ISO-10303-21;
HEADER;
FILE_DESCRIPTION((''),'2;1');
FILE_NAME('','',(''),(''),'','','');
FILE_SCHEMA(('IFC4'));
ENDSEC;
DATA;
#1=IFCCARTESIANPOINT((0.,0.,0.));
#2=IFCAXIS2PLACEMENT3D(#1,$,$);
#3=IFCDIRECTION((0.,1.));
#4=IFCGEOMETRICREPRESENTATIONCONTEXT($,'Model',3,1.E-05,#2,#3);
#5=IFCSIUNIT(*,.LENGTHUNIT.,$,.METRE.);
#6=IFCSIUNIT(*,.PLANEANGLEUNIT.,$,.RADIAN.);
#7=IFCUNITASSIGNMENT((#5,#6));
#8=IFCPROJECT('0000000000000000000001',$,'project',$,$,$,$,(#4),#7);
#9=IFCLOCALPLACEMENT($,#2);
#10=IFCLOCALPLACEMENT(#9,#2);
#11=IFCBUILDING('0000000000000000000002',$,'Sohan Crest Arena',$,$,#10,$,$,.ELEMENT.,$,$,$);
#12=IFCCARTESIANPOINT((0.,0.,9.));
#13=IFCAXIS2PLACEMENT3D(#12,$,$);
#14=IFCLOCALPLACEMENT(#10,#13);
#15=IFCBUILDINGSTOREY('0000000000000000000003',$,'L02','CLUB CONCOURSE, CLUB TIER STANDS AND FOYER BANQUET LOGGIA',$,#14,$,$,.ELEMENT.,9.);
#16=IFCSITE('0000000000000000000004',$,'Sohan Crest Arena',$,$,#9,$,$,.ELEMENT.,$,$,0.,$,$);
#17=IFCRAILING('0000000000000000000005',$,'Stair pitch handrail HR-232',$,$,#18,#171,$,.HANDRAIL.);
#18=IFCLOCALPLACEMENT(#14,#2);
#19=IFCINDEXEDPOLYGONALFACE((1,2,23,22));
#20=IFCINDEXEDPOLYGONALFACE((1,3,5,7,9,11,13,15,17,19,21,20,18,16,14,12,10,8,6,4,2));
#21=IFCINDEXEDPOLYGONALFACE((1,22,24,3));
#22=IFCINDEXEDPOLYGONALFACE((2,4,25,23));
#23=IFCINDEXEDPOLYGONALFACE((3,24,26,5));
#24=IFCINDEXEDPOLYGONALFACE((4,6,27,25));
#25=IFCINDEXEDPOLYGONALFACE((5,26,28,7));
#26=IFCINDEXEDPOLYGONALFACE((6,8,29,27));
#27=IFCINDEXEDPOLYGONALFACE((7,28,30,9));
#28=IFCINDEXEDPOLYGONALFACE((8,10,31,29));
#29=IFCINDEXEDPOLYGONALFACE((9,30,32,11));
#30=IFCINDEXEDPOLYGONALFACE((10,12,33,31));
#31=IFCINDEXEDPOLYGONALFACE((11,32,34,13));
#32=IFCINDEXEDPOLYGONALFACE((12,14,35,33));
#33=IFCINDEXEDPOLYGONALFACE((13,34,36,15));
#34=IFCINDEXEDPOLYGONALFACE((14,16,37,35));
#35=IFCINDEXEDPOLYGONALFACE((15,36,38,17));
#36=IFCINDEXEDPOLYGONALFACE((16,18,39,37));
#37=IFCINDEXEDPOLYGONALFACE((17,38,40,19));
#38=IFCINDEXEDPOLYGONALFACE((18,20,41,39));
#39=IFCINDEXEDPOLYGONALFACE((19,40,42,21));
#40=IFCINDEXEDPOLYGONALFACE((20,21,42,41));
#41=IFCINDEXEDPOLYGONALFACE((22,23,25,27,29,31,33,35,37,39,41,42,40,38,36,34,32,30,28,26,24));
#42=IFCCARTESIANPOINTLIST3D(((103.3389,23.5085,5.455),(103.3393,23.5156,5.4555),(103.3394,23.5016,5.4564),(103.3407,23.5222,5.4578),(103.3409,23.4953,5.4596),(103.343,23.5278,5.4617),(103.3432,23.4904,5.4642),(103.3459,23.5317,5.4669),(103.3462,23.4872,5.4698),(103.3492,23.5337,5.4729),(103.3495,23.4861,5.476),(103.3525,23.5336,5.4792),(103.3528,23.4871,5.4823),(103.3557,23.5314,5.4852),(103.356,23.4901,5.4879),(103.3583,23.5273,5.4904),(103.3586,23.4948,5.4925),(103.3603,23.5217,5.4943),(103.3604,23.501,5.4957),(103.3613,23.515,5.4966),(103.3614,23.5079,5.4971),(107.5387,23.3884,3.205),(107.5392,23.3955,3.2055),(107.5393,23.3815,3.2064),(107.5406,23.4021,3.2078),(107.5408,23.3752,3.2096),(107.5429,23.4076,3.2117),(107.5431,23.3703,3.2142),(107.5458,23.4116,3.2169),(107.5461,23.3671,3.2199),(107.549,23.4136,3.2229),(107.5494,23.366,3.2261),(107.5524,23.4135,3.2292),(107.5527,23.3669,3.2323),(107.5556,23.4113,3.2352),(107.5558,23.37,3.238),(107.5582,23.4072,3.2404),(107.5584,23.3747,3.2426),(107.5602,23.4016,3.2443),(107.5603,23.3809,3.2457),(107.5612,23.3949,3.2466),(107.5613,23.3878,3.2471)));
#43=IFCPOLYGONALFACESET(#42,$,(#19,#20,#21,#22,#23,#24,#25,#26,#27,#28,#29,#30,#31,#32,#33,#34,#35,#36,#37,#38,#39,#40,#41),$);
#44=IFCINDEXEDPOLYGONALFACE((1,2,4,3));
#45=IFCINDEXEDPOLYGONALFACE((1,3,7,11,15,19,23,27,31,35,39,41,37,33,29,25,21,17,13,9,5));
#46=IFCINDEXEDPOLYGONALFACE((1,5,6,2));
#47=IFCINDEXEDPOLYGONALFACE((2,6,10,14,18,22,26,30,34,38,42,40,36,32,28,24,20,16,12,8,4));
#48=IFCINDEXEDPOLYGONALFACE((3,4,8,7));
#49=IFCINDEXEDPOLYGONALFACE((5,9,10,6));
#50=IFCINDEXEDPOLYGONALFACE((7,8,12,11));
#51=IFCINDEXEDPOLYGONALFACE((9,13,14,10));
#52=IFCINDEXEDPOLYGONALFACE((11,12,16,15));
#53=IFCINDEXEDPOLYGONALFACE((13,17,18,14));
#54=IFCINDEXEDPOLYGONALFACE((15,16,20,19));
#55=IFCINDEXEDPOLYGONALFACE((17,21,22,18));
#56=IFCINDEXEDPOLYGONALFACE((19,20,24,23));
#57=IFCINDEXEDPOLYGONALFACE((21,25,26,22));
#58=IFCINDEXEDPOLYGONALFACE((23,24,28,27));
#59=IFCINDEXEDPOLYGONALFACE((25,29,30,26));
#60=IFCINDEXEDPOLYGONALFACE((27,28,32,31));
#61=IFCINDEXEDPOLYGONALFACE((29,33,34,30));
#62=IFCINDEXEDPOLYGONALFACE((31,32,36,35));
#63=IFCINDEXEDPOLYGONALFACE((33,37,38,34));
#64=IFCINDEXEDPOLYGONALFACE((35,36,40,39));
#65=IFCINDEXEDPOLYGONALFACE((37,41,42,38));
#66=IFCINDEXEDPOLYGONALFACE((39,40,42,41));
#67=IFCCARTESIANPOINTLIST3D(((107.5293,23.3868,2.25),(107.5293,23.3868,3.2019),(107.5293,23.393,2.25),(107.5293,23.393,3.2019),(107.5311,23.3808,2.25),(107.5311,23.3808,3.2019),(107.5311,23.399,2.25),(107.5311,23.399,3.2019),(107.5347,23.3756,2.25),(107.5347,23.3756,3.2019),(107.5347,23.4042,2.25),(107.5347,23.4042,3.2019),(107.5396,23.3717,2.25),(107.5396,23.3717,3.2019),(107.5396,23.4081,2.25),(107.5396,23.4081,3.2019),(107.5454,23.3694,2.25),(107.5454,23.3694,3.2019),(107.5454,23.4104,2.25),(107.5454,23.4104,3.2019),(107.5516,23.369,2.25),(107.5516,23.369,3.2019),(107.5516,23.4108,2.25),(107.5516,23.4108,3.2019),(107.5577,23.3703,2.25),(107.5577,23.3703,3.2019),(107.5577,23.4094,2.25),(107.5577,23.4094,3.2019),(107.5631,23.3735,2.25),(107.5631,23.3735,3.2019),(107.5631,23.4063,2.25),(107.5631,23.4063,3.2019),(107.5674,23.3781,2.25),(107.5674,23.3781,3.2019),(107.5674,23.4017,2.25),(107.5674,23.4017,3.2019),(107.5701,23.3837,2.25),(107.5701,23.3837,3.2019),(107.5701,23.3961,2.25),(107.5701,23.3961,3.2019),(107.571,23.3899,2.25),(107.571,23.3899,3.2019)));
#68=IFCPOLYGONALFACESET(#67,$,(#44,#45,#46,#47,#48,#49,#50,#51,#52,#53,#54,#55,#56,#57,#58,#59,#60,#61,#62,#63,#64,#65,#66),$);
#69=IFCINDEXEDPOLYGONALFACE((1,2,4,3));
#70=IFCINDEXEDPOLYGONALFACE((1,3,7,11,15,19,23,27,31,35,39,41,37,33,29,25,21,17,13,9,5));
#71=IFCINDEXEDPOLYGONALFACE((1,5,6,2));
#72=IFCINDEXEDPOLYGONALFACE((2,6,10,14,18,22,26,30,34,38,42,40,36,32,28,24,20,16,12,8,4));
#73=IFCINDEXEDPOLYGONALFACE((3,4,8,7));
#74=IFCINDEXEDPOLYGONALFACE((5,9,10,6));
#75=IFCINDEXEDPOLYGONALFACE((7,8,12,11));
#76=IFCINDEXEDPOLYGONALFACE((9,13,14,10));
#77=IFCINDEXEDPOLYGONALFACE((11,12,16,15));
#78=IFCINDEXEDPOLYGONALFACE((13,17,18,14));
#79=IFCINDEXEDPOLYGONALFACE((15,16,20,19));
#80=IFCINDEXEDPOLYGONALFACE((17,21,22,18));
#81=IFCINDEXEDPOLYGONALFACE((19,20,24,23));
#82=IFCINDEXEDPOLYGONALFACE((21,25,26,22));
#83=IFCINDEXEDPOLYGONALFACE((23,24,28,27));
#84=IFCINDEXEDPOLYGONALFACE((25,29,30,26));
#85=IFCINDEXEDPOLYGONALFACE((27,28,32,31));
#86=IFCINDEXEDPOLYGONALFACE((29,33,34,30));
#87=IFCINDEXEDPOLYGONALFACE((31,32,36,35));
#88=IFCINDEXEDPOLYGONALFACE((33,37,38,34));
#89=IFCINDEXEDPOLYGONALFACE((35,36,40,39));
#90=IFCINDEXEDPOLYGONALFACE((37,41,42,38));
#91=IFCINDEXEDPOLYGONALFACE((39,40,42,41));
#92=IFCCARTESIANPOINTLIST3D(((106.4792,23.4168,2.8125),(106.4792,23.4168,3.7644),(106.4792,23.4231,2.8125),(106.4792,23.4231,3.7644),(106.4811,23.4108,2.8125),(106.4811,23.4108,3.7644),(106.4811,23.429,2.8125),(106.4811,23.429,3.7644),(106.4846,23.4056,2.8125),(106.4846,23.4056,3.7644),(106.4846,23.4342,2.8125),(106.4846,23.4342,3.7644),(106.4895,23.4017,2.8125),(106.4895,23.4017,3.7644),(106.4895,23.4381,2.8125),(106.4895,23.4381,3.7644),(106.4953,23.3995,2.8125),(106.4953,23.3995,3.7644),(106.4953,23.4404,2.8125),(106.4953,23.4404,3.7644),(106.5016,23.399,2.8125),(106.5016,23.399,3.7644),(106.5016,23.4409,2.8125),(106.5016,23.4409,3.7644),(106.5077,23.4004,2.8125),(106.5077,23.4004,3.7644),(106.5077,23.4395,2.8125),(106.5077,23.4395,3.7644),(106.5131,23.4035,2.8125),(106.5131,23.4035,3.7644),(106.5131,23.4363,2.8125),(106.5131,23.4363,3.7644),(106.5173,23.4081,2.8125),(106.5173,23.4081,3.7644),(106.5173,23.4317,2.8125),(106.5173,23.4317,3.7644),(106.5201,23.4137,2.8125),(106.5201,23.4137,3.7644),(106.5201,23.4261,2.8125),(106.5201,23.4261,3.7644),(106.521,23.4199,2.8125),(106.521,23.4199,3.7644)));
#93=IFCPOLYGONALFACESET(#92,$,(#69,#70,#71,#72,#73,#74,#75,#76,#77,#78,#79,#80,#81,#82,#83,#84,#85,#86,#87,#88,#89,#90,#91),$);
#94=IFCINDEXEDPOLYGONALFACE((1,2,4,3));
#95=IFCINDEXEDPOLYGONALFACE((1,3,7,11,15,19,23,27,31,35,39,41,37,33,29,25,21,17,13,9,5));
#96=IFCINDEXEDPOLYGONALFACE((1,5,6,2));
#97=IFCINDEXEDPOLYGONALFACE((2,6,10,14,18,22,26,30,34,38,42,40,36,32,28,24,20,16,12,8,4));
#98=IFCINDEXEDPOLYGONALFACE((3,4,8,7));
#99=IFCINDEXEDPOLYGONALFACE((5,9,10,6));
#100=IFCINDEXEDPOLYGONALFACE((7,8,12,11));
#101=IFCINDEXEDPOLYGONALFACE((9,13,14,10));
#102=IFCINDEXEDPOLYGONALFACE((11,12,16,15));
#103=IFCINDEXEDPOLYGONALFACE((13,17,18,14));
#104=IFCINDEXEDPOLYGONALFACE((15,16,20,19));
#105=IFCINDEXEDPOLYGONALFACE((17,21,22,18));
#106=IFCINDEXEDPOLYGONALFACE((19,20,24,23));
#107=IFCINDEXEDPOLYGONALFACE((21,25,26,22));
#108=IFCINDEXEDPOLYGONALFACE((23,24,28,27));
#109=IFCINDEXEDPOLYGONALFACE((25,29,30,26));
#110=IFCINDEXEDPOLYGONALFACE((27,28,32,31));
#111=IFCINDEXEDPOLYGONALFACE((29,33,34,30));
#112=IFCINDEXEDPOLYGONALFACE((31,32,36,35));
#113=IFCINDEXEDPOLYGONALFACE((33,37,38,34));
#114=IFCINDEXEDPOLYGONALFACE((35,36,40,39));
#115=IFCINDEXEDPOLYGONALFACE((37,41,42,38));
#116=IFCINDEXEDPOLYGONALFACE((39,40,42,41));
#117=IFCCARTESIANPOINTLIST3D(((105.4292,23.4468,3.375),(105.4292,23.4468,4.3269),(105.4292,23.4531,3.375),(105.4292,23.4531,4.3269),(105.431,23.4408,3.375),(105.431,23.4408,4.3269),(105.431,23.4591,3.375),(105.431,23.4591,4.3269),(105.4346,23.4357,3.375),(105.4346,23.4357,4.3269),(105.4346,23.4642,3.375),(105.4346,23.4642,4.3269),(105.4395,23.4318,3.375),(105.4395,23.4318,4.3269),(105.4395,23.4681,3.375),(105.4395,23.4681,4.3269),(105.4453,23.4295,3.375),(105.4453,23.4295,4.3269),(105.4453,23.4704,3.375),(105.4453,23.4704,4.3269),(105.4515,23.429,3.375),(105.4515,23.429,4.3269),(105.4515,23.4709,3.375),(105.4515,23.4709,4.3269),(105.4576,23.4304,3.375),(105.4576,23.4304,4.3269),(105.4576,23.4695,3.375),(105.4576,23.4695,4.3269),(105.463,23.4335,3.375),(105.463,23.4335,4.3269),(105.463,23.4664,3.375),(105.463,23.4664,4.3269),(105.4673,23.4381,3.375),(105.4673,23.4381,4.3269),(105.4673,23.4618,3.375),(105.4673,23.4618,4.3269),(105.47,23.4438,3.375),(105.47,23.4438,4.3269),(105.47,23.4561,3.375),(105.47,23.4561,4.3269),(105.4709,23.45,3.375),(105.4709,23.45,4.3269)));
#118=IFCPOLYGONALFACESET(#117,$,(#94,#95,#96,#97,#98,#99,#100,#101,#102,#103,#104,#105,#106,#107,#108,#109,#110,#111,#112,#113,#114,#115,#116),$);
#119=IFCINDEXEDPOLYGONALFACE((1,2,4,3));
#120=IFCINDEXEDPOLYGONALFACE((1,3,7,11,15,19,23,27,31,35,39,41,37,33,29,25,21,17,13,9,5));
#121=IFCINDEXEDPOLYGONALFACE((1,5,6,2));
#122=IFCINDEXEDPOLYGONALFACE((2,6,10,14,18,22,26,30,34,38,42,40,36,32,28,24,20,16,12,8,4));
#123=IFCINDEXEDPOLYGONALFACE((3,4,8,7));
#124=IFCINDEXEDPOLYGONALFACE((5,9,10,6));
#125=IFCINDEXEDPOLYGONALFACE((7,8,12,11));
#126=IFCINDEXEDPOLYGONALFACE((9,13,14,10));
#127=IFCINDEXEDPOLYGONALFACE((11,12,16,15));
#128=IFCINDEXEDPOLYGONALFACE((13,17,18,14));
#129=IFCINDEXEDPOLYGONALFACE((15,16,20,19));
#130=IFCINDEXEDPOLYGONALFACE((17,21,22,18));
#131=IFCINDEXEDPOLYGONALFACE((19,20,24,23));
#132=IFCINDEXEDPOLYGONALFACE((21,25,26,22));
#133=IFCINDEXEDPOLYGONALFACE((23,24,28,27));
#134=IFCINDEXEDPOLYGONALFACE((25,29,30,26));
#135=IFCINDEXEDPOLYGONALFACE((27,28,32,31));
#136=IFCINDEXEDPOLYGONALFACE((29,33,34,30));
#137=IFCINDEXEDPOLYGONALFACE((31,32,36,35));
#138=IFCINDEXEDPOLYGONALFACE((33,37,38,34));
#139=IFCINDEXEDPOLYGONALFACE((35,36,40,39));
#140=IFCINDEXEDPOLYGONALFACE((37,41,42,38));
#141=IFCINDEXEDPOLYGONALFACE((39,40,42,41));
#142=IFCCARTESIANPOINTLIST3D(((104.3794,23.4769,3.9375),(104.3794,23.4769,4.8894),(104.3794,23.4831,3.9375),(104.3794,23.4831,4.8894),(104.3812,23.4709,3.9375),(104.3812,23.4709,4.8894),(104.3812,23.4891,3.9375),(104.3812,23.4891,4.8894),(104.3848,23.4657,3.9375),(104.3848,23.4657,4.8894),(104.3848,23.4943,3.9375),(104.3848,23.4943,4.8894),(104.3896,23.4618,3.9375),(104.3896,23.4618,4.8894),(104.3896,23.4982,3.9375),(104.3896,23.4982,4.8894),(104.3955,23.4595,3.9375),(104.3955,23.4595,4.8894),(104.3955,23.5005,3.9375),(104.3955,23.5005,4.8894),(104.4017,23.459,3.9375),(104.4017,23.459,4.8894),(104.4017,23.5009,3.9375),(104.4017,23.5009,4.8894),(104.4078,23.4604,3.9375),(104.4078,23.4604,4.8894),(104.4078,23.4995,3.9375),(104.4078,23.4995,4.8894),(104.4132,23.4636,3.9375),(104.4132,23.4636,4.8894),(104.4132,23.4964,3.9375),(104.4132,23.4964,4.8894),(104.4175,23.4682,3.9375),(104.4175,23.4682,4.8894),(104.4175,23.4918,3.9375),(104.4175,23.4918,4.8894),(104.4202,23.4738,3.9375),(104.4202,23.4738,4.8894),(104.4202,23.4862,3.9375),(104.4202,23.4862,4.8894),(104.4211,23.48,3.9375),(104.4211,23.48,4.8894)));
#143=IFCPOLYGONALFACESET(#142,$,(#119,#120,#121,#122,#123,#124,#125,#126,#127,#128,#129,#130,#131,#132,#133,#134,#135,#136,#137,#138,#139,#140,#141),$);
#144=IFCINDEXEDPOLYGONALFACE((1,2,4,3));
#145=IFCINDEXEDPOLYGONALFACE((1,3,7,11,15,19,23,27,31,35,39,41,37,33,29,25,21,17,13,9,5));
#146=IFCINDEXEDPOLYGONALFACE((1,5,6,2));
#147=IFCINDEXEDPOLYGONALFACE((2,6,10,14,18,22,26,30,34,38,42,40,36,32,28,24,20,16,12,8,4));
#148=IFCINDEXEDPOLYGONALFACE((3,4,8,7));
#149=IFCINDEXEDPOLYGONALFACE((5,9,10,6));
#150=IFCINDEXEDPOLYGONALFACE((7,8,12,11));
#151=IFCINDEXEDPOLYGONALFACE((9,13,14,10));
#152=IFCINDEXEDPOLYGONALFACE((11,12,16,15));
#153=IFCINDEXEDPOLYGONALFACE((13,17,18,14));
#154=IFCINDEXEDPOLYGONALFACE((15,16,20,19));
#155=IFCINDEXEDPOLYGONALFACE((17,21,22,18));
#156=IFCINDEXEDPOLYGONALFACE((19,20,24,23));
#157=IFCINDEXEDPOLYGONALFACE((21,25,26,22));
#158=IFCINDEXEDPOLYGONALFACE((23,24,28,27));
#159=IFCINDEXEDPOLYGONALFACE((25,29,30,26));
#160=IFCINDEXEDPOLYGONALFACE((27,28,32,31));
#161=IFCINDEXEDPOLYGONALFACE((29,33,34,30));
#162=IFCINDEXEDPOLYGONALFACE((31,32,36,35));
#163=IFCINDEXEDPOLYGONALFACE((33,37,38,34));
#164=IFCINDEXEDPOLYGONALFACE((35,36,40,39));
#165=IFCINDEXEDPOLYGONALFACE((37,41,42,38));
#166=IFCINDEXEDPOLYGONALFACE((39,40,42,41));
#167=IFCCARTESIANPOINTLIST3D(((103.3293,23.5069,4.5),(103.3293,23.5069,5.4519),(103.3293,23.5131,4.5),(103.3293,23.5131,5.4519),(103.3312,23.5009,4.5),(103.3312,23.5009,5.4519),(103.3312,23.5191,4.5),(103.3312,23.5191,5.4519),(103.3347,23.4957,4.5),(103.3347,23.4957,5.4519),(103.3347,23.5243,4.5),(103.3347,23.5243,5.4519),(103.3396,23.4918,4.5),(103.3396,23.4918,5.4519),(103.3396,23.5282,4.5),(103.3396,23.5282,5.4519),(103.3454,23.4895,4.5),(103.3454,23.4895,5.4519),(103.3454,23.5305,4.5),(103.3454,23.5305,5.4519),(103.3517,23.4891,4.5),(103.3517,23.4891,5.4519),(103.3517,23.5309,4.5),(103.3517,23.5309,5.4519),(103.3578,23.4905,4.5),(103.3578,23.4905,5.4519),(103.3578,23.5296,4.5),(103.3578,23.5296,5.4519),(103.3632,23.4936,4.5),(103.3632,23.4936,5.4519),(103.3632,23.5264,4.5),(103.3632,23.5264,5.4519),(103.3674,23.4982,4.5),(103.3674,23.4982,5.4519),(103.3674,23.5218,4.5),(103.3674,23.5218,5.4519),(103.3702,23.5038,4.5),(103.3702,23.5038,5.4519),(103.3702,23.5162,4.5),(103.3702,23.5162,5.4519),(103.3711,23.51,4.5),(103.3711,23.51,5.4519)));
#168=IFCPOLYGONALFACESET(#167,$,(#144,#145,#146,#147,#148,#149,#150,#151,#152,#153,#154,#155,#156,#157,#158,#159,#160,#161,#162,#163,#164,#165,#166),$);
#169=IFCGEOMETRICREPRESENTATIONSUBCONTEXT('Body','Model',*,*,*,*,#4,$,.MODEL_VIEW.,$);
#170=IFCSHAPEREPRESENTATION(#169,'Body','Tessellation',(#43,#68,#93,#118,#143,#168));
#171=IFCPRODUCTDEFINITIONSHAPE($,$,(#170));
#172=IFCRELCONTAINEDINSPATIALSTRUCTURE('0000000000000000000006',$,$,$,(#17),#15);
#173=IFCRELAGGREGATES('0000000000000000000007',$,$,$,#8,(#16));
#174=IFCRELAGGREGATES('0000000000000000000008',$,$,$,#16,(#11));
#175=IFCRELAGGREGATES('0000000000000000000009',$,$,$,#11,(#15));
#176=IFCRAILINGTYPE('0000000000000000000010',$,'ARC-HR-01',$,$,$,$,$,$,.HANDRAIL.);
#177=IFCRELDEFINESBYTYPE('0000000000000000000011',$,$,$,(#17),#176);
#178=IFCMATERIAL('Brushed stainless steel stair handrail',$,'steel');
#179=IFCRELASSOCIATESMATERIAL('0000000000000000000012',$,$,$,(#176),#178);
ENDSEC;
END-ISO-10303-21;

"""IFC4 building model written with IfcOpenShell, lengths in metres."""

from ifc_helpers import new_model, si_unit, direction, frame, origin, origin_2d, place, context, subcontext, project, spatial, circle, extrude, material, type_object, element, save


model = new_model("IFC4")

# Units and contexts
model_context = context("Model", 3, precision=1e-05, world=origin(), true_north=direction((0.0, 1.0)))
body_context = subcontext(model_context, "Body", "Model", "MODEL_VIEW")
ifc_project = project(units=[si_unit("LENGTHUNIT", "METRE"), si_unit("PLANEANGLEUNIT", "RADIAN")], contexts=[model_context])

# Site, building, storey
site_placement = place(None, origin())
site = spatial("IfcSite", under=ifc_project, at=site_placement, Name="Sohan Crest Arena", CompositionType="ELEMENT", RefElevation=0.0)
building_placement = place(site_placement, origin())
building = spatial("IfcBuilding", under=site, at=building_placement, Name="Sohan Crest Arena", CompositionType="ELEMENT")
storey_placement = place(building_placement, frame((0.0, 0.0, 9.0)))
storey = spatial("IfcBuildingStorey", under=building, at=storey_placement, Name="L02", Description="CLUB CONCOURSE, CLUB TIER STANDS AND FOYER BANQUET LOGGIA", CompositionType="ELEMENT", Elevation=9.0)

# Railing
ifc_material_1 = material(Name="Brushed stainless steel stair handrail", Category="steel")
railing_type = type_object("IfcRailingType", Name="ARC-HR-01", PredefinedType="HANDRAIL", material=ifc_material_1)
for number, where, name in (
    (1, (107.55, 23.3899, 2.25), "Stair pitch handrail HR-232"),
):
    element("IfcRailing", number, at=place(storey_placement, frame(where)), inside=storey, type_object=railing_type, Name=name, PredefinedType="HANDRAIL", context=body_context, shape_type="SweptSolid", body=[
        extrude(circle(Radius=0.0239, at=origin_2d()), frame((0.0, 0.0, 0.9761), z_axis=(-0.881198, 0.025202, 0.472076), x_axis=(-0.028588, -0.999591, 0.0)), (0.0, 0.0, 1.0), 4.7661),
        extrude(circle(Radius=0.021, at=origin_2d()), origin(), (0.0, 0.0, 1.0), 0.9519),
        extrude(circle(Radius=0.021, at=origin_2d()), frame((-1.05, 0.03, 0.5625)), (0.0, 0.0, 1.0), 0.9519),
        extrude(circle(Radius=0.021, at=origin_2d()), frame((-2.1001, 0.0601, 1.125)), (0.0, 0.0, 1.0), 0.9519),
        extrude(circle(Radius=0.021, at=origin_2d()), frame((-3.1499, 0.0901, 1.6875)), (0.0, 0.0, 1.0), 0.9519),
        extrude(circle(Radius=0.021, at=origin_2d()), frame((-4.2, 0.1201, 2.25)), (0.0, 0.0, 1.0), 0.9519),
    ])

save(model, "model.ifc")
